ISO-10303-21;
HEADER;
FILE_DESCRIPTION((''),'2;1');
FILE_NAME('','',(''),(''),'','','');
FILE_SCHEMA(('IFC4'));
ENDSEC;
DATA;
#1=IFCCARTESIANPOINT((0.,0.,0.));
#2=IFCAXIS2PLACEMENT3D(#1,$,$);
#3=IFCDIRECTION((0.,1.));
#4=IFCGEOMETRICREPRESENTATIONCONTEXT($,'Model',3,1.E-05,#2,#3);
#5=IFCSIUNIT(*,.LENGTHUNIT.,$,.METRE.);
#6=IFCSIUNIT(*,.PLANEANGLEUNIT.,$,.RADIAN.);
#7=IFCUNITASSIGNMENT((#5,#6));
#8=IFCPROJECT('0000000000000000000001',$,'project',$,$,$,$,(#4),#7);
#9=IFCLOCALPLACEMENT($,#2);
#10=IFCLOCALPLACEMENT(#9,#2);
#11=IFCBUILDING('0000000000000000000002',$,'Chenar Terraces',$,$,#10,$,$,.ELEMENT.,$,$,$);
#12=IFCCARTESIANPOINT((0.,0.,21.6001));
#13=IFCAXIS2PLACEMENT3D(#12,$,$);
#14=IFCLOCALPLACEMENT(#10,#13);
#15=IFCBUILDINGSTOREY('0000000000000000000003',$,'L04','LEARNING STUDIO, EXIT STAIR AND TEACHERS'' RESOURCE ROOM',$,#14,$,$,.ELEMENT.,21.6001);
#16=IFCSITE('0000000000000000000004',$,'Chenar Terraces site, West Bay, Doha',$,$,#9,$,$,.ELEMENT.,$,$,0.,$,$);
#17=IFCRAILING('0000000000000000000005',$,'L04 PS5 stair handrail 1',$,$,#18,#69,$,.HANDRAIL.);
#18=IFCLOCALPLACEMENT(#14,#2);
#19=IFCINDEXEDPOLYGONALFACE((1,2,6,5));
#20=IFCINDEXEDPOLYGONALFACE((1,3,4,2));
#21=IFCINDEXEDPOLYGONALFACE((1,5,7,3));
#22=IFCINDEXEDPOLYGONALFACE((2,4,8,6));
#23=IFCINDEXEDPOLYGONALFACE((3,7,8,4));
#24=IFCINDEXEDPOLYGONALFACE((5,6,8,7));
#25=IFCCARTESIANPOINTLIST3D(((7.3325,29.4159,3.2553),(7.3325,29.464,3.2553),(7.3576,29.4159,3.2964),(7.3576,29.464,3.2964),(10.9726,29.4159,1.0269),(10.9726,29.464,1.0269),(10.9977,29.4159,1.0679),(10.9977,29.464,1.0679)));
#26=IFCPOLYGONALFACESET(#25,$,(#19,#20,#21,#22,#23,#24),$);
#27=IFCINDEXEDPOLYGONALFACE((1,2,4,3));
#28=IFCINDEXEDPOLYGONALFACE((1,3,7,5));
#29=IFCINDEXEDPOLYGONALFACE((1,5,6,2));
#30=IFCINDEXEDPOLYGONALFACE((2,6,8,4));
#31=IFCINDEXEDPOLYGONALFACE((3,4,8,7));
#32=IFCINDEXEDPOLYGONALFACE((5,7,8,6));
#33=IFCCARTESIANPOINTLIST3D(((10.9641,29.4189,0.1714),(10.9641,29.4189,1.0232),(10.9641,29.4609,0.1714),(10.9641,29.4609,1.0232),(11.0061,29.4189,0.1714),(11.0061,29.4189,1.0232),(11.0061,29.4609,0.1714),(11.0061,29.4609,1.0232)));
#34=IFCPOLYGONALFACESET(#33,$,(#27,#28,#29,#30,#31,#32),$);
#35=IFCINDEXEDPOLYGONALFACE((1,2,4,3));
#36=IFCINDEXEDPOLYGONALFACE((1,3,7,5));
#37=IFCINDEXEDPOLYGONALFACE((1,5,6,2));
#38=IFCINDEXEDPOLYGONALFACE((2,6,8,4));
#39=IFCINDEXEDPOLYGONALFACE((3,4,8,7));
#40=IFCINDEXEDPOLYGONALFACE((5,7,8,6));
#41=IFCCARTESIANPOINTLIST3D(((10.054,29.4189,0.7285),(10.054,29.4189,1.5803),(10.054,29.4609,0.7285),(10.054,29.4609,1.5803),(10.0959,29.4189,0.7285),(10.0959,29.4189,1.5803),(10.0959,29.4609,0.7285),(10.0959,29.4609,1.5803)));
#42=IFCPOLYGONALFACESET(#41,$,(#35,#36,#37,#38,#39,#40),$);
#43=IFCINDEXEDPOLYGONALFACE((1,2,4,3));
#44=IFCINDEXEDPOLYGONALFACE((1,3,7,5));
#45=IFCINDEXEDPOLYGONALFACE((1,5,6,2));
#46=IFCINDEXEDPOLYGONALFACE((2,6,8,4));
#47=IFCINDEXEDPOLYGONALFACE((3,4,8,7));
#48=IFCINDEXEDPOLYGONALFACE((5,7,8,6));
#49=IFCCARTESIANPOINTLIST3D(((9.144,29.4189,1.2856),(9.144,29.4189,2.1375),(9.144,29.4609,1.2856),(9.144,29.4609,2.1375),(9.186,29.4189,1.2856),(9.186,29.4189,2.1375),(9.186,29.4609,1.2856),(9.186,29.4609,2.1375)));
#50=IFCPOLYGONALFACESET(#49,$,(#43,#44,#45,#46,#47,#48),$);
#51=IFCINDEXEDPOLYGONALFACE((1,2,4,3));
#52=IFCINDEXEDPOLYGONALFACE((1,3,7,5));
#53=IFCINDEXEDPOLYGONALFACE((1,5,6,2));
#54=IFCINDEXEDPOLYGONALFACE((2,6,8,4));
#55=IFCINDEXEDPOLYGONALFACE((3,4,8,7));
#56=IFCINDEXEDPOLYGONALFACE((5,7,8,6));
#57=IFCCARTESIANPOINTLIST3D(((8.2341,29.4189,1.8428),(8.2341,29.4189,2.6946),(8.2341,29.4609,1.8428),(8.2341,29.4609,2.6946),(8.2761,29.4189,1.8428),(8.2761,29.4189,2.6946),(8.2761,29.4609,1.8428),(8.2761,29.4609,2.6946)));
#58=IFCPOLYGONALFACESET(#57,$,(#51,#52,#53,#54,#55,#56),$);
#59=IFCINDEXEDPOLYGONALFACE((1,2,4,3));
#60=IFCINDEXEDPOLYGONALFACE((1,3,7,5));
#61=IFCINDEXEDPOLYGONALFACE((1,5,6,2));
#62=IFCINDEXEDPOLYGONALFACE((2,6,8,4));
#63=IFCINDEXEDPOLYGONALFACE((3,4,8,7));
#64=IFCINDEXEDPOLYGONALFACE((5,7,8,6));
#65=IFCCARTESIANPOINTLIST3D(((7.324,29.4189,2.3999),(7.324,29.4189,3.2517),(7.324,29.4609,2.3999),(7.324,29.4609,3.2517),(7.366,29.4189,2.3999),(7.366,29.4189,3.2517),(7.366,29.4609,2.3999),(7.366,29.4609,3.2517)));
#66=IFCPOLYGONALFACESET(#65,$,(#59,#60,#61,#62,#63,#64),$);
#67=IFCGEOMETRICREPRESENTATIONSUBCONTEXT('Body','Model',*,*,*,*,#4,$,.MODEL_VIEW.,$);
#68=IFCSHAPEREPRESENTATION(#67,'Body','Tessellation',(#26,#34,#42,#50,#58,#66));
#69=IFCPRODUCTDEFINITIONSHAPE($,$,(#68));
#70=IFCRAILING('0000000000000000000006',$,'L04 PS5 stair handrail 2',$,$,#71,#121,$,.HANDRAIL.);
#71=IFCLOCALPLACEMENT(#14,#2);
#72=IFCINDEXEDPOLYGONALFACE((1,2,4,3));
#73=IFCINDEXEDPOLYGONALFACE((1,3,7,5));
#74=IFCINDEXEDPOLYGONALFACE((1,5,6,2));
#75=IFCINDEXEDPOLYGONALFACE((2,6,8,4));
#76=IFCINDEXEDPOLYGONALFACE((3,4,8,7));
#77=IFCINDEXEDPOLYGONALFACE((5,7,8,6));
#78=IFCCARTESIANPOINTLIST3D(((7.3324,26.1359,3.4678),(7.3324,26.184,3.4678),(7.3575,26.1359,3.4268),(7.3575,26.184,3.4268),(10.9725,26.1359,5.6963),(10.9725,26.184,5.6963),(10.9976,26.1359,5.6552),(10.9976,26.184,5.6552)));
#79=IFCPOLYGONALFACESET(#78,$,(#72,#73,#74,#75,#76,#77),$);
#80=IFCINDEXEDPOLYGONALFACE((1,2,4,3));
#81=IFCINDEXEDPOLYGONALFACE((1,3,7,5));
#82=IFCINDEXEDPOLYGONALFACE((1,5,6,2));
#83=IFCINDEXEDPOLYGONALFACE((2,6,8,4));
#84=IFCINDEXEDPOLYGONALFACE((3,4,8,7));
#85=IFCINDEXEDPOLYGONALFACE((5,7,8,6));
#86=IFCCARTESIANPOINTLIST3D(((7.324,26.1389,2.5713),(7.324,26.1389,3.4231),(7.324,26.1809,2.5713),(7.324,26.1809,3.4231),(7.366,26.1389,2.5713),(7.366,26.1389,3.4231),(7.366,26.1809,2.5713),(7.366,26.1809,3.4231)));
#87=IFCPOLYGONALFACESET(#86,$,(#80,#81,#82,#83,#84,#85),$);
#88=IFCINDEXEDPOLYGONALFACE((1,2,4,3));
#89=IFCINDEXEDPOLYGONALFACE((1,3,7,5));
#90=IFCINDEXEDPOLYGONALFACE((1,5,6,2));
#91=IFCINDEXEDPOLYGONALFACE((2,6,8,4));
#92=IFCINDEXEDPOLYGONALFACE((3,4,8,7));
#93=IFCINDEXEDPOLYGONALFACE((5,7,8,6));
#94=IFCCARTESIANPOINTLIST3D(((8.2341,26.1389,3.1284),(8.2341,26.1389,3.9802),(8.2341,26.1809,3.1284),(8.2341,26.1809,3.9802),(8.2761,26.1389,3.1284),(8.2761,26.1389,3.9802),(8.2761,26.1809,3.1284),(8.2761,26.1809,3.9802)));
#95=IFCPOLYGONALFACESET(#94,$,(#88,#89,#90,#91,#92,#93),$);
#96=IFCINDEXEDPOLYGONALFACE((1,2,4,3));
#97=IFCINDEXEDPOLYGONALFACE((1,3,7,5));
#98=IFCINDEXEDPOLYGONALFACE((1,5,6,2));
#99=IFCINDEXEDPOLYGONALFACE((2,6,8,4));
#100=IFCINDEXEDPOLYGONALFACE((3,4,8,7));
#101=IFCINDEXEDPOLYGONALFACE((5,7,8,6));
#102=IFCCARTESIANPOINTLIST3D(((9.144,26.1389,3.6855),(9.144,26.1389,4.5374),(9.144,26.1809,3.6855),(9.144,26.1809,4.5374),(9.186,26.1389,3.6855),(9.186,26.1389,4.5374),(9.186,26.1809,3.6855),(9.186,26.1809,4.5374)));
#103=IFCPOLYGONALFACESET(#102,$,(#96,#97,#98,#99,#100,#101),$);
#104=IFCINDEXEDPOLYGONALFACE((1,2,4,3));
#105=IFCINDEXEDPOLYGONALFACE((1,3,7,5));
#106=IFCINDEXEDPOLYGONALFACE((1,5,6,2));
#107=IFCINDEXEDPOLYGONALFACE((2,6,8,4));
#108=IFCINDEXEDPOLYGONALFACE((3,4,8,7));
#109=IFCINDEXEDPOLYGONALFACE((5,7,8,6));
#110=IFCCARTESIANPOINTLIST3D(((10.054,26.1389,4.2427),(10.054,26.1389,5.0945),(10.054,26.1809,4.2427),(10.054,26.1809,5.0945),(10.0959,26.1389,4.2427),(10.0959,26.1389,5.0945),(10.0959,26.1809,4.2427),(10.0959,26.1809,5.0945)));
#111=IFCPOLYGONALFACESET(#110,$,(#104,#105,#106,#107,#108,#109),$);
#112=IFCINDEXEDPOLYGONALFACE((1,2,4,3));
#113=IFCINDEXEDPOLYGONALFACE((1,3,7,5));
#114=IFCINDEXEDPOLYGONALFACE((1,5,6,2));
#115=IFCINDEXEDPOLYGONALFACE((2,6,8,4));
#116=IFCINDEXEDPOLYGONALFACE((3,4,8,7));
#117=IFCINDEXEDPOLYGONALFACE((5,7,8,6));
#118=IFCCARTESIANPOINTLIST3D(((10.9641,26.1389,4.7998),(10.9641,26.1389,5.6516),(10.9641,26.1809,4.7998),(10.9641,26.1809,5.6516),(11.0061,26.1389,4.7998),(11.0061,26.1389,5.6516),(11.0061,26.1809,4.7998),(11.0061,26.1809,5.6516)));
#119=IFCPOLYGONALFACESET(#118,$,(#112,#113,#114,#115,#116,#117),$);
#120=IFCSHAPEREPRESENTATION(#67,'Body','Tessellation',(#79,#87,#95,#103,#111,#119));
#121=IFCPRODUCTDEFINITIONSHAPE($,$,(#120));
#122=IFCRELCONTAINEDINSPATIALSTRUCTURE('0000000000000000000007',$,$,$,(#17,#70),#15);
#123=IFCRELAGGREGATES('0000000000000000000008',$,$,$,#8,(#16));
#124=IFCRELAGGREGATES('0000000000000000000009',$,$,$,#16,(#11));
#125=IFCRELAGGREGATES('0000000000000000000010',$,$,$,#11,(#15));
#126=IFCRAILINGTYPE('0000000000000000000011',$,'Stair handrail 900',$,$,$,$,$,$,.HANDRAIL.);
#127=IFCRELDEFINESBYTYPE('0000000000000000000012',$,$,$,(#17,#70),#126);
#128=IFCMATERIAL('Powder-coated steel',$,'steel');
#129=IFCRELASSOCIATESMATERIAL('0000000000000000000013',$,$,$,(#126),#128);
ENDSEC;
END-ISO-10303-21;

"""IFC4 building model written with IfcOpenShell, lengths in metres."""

from ifc_helpers import new_model, si_unit, direction, frame, origin, origin_2d, place, context, subcontext, project, spatial, rectangle, extrude, material, type_object, element, save


model = new_model("IFC4")

# Units and contexts
model_context = context("Model", 3, precision=1e-05, world=origin(), true_north=direction((0.0, 1.0)))
body_context = subcontext(model_context, "Body", "Model", "MODEL_VIEW")
ifc_project = project(units=[si_unit("LENGTHUNIT", "METRE"), si_unit("PLANEANGLEUNIT", "RADIAN")], contexts=[model_context])

# Site, building, storey
site_placement = place(None, origin())
site = spatial("IfcSite", under=ifc_project, at=site_placement, Name="Chenar Terraces site, West Bay, Doha", CompositionType="ELEMENT", RefElevation=0.0)
building_placement = place(site_placement, origin())
building = spatial("IfcBuilding", under=site, at=building_placement, Name="Chenar Terraces", CompositionType="ELEMENT")
storey_placement = place(building_placement, frame((0.0, 0.0, 21.6001)))
storey = spatial("IfcBuildingStorey", under=building, at=storey_placement, Name="L04", Description="LEARNING STUDIO, EXIT STAIR AND TEACHERS' RESOURCE ROOM", CompositionType="ELEMENT", Elevation=21.6001)

# Railings
ifc_material_1 = material(Name="Powder-coated steel", Category="steel")
railing_type_1 = type_object("IfcRailingType", Name="Stair handrail 900", PredefinedType="HANDRAIL", material=ifc_material_1)
railing_1_placement = place(storey_placement, frame((10.9851, 29.4399, 0.1714)))
element("IfcRailing", 1, at=railing_1_placement, inside=storey, type_object=railing_type_1, Name="L04 PS5 stair handrail 1", PredefinedType="HANDRAIL", context=body_context, shape_type="SweptSolid", body=[
    extrude(rectangle(XDim=0.0481, YDim=0.0481, at=origin_2d()), frame((0.0, 0.0, 0.876), z_axis=(-0.852866, 0.0, 0.52213), x_axis=(0.0, -1.0, 0.0)), (0.0, 0.0, 1.0), 4.2681),
    extrude(rectangle(XDim=0.042, YDim=0.042, at=origin_2d()), origin(), (0.0, 0.0, 1.0), 0.8518),
    extrude(rectangle(XDim=0.042, YDim=0.042, at=origin_2d()), frame((-0.9102, 0.0, 0.5571)), (0.0, 0.0, 1.0), 0.8518),
    extrude(rectangle(XDim=0.042, YDim=0.042, at=origin_2d()), frame((-1.8201, 0.0, 1.1143)), (0.0, 0.0, 1.0), 0.8518),
    extrude(rectangle(XDim=0.042, YDim=0.042, at=origin_2d()), frame((-2.73, 0.0, 1.6714)), (0.0, 0.0, 1.0), 0.8518),
    extrude(rectangle(XDim=0.042, YDim=0.042, at=origin_2d()), frame((-3.6401, 0.0, 2.2285)), (0.0, 0.0, 1.0), 0.8518),
])
railing_2_placement = place(storey_placement, frame((7.345, 26.1599, 2.5713)))
element("IfcRailing", 2, at=railing_2_placement, inside=storey, type_object=railing_type_1, Name="L04 PS5 stair handrail 2", PredefinedType="HANDRAIL", context=body_context, shape_type="SweptSolid", body=[
    extrude(rectangle(XDim=0.0481, YDim=0.0481, at=origin_2d()), frame((0.0, 0.0, 0.876), z_axis=(0.852866, 0.0, 0.52213), x_axis=(0.0, 1.0, 0.0)), (0.0, 0.0, 1.0), 4.2681),
    extrude(rectangle(XDim=0.042, YDim=0.042, at=origin_2d()), origin(), (0.0, 0.0, 1.0), 0.8518),
    extrude(rectangle(XDim=0.042, YDim=0.042, at=origin_2d()), frame((0.9102, 0.0, 0.5571)), (0.0, 0.0, 1.0), 0.8518),
    extrude(rectangle(XDim=0.042, YDim=0.042, at=origin_2d()), frame((1.8201, 0.0, 1.1143)), (0.0, 0.0, 1.0), 0.8518),
    extrude(rectangle(XDim=0.042, YDim=0.042, at=origin_2d()), frame((2.73, 0.0, 1.6714)), (0.0, 0.0, 1.0), 0.8518),
    extrude(rectangle(XDim=0.042, YDim=0.042, at=origin_2d()), frame((3.6401, 0.0, 2.2285)), (0.0, 0.0, 1.0), 0.8518),
])

save(model, "model.ifc")
